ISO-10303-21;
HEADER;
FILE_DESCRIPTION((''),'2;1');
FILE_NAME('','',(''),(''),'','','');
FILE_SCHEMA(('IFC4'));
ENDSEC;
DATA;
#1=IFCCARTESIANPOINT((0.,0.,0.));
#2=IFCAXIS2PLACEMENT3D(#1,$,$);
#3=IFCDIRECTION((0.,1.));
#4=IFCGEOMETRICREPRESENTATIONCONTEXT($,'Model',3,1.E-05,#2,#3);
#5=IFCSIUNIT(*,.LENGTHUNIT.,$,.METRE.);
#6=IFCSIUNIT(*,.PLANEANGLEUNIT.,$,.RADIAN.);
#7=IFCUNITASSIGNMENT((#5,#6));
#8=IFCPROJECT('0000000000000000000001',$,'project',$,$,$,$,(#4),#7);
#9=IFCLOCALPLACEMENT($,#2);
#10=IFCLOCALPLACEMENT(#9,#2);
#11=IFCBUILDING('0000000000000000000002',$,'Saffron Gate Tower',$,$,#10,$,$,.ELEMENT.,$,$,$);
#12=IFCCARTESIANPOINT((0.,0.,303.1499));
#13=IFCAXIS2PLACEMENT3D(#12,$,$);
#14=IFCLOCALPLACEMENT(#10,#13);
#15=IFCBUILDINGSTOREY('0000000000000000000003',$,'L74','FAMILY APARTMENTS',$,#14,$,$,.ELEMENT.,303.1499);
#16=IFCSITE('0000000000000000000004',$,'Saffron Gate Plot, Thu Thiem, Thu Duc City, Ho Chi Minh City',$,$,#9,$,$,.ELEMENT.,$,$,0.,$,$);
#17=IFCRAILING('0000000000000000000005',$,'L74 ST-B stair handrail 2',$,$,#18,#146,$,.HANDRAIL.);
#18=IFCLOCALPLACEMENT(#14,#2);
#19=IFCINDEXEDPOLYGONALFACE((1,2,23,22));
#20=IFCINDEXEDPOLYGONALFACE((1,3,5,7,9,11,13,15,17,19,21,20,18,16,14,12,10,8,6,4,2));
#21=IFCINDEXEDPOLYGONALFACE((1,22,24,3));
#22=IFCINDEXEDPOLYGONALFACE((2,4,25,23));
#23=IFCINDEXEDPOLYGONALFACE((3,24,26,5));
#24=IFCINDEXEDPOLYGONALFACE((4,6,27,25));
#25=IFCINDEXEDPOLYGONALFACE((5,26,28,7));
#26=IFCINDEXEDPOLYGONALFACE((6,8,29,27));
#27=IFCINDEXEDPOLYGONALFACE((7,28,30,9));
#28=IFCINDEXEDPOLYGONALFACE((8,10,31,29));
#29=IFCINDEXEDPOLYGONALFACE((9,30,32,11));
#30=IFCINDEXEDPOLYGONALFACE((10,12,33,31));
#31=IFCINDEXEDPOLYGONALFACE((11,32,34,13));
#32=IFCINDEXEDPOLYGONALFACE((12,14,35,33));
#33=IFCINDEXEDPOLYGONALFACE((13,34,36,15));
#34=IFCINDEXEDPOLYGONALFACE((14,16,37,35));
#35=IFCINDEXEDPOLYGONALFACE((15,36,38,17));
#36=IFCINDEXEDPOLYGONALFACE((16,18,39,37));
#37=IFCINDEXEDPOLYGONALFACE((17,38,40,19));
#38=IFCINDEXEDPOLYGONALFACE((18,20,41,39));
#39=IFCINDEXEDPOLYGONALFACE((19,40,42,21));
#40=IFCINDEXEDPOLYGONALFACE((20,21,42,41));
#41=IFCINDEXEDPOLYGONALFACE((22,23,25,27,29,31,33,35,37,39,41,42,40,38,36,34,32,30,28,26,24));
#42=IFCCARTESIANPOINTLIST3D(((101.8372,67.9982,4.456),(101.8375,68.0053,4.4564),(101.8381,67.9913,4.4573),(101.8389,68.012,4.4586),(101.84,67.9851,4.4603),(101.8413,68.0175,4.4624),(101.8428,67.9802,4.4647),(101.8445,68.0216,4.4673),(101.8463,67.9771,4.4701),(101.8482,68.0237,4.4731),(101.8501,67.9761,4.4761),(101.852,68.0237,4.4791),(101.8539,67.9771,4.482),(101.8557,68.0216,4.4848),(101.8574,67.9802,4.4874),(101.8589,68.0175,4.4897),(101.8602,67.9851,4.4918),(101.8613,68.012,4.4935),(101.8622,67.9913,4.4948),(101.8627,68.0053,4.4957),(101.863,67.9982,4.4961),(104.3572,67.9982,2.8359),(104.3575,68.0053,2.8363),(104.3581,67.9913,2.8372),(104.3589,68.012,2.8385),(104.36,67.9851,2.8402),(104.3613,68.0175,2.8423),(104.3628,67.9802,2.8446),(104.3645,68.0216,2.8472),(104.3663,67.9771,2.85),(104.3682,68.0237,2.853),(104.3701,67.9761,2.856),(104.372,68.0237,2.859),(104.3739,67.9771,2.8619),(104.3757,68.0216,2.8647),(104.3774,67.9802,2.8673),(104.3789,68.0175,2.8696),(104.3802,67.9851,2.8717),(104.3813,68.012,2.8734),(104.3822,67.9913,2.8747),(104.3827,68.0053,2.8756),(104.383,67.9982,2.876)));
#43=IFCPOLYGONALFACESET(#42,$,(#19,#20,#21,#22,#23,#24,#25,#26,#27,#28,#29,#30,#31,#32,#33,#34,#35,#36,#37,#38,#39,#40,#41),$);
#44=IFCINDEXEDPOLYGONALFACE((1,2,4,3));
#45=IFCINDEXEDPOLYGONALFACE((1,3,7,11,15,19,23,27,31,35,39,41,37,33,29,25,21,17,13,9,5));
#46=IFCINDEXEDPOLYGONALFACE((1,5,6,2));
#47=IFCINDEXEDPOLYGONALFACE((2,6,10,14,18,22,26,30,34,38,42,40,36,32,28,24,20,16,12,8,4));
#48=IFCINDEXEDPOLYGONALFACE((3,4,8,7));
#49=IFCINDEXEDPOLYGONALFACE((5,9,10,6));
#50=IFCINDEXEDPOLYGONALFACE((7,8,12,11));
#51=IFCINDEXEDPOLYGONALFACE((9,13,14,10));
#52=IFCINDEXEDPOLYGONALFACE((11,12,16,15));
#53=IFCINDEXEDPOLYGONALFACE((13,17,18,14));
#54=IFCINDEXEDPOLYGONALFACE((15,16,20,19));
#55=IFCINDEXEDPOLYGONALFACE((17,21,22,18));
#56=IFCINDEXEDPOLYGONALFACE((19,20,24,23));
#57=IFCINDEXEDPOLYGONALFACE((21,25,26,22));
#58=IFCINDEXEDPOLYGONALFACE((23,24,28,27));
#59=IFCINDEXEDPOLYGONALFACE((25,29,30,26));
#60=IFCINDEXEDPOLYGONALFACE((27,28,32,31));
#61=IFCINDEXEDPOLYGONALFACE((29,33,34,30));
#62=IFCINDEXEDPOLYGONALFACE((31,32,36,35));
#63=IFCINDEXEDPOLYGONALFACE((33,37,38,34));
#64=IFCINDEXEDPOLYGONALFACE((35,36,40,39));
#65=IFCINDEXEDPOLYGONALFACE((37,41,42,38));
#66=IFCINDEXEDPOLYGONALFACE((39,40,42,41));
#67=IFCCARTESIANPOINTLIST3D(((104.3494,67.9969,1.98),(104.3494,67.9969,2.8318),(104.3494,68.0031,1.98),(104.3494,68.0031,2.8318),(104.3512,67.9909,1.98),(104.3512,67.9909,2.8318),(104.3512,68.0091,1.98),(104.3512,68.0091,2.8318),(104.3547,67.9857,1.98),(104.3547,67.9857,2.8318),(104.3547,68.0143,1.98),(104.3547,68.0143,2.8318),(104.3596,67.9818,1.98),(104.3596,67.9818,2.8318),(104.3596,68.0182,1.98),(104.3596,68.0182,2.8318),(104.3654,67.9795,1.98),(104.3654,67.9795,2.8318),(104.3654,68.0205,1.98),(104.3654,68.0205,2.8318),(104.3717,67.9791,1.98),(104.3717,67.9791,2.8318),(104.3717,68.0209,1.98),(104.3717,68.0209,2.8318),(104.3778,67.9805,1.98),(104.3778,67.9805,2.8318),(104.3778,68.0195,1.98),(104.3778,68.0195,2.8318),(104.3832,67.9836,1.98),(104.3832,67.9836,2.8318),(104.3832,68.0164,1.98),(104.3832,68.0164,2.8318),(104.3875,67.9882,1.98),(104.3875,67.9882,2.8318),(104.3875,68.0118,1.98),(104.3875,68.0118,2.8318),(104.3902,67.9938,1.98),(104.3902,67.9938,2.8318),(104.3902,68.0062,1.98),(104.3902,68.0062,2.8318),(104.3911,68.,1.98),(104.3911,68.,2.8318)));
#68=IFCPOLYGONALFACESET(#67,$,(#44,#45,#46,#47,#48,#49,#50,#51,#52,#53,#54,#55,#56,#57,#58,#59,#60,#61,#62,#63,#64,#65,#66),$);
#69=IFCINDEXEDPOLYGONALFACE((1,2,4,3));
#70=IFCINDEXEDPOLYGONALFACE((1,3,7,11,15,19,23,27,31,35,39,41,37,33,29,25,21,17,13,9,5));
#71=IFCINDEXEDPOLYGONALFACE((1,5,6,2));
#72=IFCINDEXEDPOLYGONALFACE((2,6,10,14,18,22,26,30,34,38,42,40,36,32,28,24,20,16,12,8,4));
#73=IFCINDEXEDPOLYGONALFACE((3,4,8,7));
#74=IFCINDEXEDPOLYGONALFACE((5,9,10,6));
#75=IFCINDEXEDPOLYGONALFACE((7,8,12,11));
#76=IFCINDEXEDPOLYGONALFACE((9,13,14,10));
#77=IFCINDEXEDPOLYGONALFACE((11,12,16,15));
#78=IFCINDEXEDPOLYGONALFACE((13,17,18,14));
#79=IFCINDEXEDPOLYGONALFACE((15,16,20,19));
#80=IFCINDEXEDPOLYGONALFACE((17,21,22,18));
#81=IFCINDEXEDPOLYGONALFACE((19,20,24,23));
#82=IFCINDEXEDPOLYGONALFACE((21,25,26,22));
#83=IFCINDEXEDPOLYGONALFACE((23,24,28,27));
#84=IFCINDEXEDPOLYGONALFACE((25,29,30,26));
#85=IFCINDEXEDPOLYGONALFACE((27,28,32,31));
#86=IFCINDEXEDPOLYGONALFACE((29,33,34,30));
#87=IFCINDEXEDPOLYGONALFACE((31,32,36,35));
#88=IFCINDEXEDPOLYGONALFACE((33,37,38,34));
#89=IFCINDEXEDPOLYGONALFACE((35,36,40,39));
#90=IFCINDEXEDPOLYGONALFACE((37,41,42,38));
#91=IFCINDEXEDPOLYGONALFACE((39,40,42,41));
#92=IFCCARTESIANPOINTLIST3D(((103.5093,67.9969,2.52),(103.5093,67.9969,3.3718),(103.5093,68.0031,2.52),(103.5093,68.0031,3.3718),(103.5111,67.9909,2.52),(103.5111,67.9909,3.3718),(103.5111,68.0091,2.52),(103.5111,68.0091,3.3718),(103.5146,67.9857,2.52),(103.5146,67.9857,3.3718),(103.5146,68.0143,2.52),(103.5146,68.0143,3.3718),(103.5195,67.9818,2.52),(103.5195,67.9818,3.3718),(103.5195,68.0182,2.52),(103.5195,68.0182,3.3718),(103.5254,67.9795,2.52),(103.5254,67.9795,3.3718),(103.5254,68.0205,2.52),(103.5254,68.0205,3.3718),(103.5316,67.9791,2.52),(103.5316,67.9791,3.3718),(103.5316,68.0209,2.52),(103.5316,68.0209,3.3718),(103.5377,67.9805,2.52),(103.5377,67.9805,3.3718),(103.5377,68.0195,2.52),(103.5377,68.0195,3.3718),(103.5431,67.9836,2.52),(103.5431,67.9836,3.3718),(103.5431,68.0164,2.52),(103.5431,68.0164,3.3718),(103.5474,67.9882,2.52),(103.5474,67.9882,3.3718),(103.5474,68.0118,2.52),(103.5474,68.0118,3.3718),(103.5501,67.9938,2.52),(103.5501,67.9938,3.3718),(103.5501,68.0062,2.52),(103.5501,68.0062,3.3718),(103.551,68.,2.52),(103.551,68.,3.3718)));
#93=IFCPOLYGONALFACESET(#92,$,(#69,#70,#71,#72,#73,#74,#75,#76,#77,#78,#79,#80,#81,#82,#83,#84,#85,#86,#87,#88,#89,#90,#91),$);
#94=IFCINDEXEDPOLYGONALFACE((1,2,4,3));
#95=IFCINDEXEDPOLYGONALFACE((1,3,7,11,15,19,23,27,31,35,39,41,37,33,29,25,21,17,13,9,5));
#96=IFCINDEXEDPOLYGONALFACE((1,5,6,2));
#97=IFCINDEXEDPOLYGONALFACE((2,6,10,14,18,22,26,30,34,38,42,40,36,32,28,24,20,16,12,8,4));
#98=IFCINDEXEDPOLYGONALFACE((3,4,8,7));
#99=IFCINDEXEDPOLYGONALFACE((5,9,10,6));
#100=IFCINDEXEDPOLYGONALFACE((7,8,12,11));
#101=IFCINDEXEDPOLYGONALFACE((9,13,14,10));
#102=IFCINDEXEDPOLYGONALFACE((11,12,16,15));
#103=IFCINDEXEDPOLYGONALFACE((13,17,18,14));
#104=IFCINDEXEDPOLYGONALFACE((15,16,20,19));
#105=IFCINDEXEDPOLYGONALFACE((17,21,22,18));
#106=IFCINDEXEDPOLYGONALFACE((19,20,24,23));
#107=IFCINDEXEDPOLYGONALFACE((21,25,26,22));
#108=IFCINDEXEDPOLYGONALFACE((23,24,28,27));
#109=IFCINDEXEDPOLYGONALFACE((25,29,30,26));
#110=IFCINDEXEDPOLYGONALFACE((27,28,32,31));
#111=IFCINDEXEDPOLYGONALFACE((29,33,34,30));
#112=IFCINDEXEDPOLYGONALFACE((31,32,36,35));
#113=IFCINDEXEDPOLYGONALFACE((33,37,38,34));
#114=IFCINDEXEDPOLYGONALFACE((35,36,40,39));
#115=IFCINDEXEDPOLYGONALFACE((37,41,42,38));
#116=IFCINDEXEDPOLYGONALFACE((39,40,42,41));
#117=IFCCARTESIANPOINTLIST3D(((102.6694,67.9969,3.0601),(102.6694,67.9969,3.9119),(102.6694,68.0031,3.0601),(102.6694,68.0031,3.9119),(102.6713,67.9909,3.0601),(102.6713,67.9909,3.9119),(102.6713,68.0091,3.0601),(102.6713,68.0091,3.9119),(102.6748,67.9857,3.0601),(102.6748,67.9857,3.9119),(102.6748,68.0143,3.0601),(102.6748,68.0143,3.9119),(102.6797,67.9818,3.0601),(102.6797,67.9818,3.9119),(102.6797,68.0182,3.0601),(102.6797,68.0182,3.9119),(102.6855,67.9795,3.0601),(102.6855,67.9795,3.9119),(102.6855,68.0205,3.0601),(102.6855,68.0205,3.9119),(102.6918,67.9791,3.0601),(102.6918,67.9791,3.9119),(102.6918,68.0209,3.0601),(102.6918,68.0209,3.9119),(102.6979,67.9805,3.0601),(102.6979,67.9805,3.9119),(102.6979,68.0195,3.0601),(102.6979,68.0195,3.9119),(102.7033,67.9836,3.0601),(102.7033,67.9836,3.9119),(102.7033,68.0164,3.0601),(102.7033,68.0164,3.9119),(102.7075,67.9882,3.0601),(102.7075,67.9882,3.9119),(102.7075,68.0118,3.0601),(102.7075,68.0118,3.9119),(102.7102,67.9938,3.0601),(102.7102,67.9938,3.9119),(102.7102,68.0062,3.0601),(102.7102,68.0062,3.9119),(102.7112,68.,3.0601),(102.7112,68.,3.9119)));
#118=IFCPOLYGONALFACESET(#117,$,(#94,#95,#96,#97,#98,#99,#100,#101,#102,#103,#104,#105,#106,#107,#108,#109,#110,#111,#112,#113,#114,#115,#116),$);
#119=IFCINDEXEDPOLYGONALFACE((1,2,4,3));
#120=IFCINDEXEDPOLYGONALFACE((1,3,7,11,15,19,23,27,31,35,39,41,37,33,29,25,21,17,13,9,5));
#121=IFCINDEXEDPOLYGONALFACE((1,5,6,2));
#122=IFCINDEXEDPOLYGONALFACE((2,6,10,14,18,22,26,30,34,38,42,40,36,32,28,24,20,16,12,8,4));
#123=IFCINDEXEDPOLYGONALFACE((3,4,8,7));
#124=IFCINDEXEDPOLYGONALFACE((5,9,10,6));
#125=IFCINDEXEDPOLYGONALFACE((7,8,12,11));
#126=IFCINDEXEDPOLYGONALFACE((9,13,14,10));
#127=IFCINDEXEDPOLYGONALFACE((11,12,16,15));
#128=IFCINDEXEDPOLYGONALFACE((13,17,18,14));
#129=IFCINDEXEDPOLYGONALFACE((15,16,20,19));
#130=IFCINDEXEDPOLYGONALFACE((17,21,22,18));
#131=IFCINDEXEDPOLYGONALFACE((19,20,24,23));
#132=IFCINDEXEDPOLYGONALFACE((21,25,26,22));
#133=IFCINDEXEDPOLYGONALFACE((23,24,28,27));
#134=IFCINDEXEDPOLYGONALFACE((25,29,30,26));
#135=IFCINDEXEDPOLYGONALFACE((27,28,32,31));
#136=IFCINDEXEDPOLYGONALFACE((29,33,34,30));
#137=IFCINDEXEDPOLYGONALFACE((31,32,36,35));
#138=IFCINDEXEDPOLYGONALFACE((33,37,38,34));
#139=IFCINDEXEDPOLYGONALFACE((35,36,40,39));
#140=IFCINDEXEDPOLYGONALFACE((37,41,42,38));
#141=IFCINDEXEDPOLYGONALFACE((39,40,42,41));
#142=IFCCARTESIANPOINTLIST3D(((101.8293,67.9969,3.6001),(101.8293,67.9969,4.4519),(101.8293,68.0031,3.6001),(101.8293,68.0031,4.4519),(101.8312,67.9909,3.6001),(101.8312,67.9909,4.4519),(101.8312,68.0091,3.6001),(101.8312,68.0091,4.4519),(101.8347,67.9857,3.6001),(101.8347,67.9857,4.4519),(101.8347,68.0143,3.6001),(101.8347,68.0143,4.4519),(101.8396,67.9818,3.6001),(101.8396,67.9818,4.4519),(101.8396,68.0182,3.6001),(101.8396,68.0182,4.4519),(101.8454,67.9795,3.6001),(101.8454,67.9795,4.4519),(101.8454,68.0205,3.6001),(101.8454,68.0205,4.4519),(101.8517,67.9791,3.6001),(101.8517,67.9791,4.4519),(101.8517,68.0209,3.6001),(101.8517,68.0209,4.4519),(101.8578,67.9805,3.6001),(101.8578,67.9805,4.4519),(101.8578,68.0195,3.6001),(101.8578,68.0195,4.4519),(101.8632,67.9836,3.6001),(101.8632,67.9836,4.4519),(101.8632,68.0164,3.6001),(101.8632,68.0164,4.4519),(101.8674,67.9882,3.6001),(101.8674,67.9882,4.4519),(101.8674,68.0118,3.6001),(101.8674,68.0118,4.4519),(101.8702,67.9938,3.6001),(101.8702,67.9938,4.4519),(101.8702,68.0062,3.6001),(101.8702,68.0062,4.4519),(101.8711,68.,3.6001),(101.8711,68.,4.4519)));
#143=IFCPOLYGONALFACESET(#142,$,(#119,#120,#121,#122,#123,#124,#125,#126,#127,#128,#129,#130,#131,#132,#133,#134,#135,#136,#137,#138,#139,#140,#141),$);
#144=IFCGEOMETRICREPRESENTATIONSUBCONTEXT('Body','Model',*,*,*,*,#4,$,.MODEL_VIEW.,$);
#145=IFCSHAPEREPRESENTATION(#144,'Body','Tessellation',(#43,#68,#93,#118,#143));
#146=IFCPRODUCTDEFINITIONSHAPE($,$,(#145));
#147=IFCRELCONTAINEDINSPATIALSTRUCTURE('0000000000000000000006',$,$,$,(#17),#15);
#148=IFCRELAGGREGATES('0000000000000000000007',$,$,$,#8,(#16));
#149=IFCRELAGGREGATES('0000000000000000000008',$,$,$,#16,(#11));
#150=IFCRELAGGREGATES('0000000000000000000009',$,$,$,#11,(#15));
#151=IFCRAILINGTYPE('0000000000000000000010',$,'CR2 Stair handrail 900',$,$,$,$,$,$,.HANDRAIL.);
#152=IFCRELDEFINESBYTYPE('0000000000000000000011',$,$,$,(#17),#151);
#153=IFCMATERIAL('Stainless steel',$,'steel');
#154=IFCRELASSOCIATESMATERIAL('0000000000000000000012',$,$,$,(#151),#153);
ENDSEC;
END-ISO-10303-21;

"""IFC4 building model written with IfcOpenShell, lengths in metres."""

from ifc_helpers import new_model, si_unit, direction, frame, origin, origin_2d, place, context, subcontext, project, spatial, circle, extrude, material, type_object, element, save


model = new_model("IFC4")

# Units and contexts
model_context = context("Model", 3, precision=1e-05, world=origin(), true_north=direction((0.0, 1.0)))
body_context = subcontext(model_context, "Body", "Model", "MODEL_VIEW")
ifc_project = project(units=[si_unit("LENGTHUNIT", "METRE"), si_unit("PLANEANGLEUNIT", "RADIAN")], contexts=[model_context])

# Site, building, storey
site_placement = place(None, origin())
site = spatial("IfcSite", under=ifc_project, at=site_placement, Name="Saffron Gate Plot, Thu Thiem, Thu Duc City, Ho Chi Minh City", CompositionType="ELEMENT", RefElevation=0.0)
building_placement = place(site_placement, origin())
building = spatial("IfcBuilding", under=site, at=building_placement, Name="Saffron Gate Tower", CompositionType="ELEMENT")
storey_placement = place(building_placement, frame((0.0, 0.0, 303.1499)))
storey = spatial("IfcBuildingStorey", under=building, at=storey_placement, Name="L74", Description="FAMILY APARTMENTS", CompositionType="ELEMENT", Elevation=303.1499)

# Railing
ifc_material_1 = material(Name="Stainless steel", Category="steel")
railing_type_1 = type_object("IfcRailingType", Name="CR2 Stair handrail 900", PredefinedType="HANDRAIL", material=ifc_material_1)
railing_1_placement = place(storey_placement, frame((104.3701, 68.0, 1.98)))
element("IfcRailing", 1, at=railing_1_placement, inside=storey, type_object=railing_type_1, Name="L74 ST-B stair handrail 2", PredefinedType="HANDRAIL", context=body_context, shape_type="SweptSolid", body=[
    extrude(circle(Radius=0.0239, at=origin_2d()), frame((0.0, 0.0, 0.876), z_axis=(-0.841163, 0.0, 0.540782), x_axis=(0.0, -1.0, 0.0)), (0.0, 0.0, 1.0), 2.9958),
    extrude(circle(Radius=0.021, at=origin_2d()), origin(), (0.0, 0.0, 1.0), 0.8518),
    extrude(circle(Radius=0.021, at=origin_2d()), frame((-0.8401, 0.0, 0.54)), (0.0, 0.0, 1.0), 0.8518),
    extrude(circle(Radius=0.021, at=origin_2d()), frame((-1.6799, 0.0, 1.0801)), (0.0, 0.0, 1.0), 0.8518),
    extrude(circle(Radius=0.021, at=origin_2d()), frame((-2.52, 0.0, 1.6201)), (0.0, 0.0, 1.0), 0.8518),
])

save(model, "model.ifc")
